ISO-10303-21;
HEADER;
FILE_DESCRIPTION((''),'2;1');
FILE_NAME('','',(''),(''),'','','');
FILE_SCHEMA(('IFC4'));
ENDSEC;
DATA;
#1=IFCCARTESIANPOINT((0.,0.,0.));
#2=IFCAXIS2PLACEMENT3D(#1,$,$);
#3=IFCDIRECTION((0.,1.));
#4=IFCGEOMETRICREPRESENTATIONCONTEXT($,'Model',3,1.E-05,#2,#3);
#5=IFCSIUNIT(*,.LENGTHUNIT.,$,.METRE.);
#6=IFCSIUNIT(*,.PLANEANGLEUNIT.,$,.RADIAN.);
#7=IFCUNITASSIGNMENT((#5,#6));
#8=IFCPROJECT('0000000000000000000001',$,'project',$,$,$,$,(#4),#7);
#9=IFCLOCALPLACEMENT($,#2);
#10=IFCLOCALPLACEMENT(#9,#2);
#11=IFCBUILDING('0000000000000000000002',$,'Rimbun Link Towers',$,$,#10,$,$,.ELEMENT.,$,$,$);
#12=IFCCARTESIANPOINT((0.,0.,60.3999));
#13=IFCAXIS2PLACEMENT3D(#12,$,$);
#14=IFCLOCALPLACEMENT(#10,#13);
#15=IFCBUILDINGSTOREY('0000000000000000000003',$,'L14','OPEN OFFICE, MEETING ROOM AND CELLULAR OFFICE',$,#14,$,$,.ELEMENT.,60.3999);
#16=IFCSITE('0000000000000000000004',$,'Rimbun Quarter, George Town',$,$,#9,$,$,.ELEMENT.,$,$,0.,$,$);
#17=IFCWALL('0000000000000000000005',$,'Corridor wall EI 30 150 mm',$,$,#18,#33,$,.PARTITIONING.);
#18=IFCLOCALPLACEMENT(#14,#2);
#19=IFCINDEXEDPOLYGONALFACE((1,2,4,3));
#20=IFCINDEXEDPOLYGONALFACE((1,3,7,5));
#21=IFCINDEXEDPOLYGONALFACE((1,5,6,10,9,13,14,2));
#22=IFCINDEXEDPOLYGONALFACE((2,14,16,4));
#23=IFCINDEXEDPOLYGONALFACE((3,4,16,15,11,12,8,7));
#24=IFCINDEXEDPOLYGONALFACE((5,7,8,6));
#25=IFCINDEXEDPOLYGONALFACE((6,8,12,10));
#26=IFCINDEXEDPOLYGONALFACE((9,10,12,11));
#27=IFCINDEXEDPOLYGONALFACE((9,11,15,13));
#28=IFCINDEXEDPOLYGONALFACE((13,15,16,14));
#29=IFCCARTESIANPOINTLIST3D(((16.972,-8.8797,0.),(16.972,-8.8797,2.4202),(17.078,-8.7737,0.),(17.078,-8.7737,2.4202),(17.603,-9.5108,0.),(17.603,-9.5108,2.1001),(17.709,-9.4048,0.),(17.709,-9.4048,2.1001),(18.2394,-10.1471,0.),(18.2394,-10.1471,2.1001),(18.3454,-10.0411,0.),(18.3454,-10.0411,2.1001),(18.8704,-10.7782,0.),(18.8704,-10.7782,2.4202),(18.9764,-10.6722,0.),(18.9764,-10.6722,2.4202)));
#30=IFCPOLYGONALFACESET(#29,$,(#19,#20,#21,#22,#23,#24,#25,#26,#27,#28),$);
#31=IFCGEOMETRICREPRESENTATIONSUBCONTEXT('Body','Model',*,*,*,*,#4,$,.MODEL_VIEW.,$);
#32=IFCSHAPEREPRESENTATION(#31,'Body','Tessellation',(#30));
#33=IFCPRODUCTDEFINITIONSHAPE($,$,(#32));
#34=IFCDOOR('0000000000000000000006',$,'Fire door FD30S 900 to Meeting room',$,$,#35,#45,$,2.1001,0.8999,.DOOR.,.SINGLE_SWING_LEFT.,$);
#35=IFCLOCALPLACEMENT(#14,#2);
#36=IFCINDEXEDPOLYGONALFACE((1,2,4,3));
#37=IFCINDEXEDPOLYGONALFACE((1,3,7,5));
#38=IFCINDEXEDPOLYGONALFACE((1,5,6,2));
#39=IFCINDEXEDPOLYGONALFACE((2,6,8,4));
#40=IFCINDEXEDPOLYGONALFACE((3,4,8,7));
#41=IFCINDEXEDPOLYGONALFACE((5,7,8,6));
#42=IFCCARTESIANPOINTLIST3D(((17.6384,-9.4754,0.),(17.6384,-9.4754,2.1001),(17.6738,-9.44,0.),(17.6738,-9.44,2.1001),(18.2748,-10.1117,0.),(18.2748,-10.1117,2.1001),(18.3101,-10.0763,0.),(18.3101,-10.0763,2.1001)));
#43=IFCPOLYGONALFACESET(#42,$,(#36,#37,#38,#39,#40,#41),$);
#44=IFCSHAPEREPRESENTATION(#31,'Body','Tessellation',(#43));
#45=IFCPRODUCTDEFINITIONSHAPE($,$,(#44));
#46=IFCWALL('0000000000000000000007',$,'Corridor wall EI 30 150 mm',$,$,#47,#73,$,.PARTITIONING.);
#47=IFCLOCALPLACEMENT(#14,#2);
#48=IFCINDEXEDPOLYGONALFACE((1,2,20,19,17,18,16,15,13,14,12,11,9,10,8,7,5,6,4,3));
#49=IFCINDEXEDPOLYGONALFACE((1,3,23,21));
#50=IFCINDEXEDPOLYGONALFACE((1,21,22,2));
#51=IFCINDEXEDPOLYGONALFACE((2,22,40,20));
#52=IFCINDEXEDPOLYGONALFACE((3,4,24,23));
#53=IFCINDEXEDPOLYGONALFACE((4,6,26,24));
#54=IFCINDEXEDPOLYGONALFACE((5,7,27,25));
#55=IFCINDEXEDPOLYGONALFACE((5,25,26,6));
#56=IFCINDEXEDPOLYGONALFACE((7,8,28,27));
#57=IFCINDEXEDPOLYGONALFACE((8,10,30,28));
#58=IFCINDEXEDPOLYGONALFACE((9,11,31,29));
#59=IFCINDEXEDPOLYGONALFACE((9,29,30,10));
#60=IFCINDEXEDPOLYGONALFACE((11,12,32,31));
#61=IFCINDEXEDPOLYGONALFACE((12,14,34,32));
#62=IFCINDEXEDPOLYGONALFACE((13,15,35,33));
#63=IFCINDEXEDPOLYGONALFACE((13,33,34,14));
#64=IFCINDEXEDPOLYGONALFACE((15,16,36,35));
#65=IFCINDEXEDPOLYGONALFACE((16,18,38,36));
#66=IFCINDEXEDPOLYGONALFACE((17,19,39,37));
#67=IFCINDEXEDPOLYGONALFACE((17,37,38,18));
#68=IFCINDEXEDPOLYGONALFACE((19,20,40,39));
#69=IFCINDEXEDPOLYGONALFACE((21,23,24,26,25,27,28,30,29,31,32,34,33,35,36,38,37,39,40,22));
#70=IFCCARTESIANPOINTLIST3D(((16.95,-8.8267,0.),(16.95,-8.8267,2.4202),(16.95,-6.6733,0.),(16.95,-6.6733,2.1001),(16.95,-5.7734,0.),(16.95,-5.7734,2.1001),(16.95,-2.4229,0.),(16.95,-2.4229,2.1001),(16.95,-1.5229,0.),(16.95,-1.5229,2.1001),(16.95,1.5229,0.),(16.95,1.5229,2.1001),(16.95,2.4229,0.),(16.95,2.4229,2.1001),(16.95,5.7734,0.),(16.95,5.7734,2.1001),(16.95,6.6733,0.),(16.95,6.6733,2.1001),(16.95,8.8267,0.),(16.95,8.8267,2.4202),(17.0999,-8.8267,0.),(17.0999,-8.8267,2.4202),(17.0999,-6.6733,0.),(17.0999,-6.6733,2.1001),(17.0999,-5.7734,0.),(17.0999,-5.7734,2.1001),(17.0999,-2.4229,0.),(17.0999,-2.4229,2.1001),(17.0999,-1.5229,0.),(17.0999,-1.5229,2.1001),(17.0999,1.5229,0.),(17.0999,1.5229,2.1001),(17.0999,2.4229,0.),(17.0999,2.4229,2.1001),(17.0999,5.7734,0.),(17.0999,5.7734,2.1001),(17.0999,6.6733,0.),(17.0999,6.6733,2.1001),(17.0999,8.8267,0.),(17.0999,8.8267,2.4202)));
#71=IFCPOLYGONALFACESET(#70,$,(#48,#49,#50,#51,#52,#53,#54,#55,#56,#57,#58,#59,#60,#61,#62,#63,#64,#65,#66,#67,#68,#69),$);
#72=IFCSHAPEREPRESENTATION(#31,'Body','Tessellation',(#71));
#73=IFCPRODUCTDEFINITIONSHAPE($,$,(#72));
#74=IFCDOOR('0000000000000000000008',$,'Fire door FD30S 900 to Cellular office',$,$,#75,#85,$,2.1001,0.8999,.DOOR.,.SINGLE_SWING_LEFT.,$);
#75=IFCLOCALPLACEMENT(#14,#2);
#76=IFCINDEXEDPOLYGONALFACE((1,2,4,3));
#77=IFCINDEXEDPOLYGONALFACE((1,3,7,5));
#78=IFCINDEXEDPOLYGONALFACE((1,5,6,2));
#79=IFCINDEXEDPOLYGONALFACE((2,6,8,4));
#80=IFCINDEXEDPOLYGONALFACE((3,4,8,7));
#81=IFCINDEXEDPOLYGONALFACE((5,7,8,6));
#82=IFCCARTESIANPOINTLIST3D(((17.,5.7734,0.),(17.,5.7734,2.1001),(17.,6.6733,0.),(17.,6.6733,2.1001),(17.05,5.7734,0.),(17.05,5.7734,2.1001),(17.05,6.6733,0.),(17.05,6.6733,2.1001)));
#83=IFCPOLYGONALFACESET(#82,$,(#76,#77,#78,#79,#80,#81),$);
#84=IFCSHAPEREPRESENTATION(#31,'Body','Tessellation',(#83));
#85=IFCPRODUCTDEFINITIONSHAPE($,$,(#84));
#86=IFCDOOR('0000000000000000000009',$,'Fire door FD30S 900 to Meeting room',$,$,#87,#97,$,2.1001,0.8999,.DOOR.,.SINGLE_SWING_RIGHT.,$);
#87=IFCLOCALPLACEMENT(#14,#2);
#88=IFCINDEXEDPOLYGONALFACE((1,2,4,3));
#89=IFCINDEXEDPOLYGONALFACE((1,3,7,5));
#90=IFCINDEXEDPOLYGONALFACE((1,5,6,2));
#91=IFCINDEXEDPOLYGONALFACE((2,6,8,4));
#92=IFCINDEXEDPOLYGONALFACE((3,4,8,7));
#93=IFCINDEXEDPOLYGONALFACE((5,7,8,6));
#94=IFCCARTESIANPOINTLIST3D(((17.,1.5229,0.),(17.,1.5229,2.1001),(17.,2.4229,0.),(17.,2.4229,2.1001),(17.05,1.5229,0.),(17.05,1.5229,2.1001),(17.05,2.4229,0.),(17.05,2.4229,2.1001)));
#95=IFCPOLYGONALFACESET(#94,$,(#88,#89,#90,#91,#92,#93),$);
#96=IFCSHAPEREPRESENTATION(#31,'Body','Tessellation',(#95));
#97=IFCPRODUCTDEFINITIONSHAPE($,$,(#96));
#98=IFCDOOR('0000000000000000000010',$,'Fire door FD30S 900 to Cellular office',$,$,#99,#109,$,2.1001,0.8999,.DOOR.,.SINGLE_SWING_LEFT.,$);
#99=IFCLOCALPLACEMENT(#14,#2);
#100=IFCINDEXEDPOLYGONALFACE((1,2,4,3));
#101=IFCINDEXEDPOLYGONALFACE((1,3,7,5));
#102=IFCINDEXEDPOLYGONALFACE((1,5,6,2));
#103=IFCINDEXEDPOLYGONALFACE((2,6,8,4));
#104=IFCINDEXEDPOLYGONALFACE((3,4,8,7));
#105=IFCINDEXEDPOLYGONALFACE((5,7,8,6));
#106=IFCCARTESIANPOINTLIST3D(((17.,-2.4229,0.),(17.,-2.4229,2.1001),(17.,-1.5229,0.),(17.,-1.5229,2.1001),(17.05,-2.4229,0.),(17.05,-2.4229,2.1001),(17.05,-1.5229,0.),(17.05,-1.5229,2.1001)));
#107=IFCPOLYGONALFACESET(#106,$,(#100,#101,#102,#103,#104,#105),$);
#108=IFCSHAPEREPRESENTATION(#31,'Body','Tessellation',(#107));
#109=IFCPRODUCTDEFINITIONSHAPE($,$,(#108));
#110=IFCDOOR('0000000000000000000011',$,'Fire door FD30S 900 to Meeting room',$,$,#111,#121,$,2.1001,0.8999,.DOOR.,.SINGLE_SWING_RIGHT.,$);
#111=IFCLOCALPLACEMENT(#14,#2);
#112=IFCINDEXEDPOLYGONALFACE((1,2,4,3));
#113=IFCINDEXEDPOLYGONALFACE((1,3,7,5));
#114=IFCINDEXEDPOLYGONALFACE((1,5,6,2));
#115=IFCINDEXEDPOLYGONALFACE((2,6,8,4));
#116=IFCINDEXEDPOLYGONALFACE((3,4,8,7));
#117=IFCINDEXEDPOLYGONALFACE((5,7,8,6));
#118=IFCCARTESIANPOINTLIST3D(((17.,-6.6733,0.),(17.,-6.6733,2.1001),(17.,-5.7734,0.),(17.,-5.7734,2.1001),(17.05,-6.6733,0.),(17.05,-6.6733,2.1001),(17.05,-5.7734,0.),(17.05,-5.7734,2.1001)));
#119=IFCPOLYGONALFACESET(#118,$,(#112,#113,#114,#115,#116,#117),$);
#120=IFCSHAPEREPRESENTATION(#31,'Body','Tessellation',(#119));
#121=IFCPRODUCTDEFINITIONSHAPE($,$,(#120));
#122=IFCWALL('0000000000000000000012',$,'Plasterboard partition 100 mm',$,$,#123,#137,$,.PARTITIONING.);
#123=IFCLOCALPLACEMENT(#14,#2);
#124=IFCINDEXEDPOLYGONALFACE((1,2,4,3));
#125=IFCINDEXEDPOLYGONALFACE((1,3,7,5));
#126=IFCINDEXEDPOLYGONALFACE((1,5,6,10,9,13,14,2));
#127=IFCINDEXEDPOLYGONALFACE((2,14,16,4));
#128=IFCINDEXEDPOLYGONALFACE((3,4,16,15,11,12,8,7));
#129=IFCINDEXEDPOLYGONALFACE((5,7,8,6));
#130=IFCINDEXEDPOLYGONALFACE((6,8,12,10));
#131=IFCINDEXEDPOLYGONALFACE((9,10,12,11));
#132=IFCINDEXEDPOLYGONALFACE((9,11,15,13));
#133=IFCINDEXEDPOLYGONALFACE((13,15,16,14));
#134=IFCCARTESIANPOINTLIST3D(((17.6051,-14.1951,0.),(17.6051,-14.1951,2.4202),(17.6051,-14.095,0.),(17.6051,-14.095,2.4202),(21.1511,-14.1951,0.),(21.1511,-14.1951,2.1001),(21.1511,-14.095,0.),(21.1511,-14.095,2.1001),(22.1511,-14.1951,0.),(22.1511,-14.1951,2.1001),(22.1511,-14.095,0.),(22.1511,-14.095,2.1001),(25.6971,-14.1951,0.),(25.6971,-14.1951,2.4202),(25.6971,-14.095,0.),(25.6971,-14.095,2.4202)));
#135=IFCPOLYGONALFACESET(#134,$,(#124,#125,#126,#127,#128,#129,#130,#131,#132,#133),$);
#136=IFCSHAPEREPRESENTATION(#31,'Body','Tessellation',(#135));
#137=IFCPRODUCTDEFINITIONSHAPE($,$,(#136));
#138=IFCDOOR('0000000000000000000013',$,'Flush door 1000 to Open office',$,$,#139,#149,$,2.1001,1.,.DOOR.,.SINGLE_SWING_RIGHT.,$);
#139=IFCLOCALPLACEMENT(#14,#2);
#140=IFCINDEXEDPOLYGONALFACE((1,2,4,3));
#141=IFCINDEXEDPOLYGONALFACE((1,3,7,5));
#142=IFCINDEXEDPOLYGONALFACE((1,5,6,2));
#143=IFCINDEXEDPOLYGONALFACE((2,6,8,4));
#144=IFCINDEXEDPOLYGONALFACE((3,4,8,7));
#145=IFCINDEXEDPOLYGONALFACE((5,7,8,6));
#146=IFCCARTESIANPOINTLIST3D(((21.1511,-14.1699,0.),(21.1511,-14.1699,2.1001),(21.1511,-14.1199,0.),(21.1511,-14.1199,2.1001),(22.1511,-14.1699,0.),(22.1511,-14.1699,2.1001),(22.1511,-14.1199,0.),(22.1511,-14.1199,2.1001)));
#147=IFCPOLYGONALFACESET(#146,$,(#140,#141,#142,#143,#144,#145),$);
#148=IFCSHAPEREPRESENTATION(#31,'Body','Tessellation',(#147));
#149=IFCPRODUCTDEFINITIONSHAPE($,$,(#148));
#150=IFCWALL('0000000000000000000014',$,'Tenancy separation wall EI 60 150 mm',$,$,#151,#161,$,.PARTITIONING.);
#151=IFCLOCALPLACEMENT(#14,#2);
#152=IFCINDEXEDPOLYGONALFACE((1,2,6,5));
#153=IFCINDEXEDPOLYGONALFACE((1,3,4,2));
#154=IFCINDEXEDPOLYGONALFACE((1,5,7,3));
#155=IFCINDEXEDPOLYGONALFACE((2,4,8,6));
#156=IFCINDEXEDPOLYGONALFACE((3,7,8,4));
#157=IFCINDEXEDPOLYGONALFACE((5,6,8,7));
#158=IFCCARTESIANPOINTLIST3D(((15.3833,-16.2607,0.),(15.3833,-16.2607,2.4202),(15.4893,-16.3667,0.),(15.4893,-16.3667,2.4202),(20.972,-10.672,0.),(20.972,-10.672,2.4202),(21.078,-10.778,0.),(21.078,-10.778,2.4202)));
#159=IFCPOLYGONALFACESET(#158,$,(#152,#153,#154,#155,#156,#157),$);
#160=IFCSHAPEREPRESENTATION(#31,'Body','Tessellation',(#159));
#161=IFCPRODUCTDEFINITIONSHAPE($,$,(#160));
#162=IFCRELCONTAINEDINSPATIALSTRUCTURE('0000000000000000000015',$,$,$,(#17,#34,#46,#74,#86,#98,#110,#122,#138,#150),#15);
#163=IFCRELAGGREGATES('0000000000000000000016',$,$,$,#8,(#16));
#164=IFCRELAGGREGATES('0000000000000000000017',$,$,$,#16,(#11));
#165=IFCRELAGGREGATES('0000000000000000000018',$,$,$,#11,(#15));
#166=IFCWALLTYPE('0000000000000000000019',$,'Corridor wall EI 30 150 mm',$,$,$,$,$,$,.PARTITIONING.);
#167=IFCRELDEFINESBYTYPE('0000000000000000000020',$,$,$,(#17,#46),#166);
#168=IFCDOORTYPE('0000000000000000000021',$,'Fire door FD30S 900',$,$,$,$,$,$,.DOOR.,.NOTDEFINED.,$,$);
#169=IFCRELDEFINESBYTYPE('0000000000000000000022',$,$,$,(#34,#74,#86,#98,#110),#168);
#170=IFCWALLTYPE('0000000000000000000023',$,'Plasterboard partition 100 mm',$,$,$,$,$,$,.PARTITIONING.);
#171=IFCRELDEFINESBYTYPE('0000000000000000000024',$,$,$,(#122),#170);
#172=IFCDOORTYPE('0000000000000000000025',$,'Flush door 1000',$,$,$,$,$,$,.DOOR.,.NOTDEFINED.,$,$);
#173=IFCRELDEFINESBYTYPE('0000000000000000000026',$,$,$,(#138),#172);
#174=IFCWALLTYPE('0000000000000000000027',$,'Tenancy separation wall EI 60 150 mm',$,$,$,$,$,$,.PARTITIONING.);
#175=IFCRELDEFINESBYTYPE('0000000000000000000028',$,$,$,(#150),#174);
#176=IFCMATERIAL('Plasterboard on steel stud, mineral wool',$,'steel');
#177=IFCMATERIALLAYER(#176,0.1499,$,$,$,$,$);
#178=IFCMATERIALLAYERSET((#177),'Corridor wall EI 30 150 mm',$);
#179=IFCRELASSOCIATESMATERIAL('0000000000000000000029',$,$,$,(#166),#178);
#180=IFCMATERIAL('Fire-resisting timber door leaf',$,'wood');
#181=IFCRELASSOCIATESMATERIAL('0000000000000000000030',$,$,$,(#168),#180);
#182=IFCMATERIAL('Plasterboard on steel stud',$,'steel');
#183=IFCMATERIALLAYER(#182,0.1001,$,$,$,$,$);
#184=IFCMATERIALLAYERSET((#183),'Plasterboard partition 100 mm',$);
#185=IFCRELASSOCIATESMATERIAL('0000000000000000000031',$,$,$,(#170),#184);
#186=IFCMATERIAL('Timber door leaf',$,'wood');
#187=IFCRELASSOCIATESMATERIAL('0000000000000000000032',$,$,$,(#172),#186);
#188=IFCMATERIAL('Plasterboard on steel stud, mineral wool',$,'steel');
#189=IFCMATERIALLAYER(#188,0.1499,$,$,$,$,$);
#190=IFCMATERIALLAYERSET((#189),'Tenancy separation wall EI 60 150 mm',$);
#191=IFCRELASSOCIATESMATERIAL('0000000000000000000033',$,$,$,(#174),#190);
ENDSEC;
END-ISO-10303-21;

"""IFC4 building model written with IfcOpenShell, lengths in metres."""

from ifc_helpers import new_model, si_unit, direction, frame, frame_2d, origin, place, context, subcontext, project, spatial, rectangle, extrude, material, layer, layer_set, type_object, element, fill, save


model = new_model("IFC4")

# Units and contexts
model_context = context("Model", 3, precision=1e-05, world=origin(), true_north=direction((0.0, 1.0)))
body_context = subcontext(model_context, "Body", "Model", "MODEL_VIEW")
ifc_project = project(units=[si_unit("LENGTHUNIT", "METRE"), si_unit("PLANEANGLEUNIT", "RADIAN")], contexts=[model_context])

# Site, building, storey
site_placement = place(None, origin())
site = spatial("IfcSite", under=ifc_project, at=site_placement, Name="Rimbun Quarter, George Town", CompositionType="ELEMENT", RefElevation=0.0)
building_placement = place(site_placement, origin())
building = spatial("IfcBuilding", under=site, at=building_placement, Name="Rimbun Link Towers", CompositionType="ELEMENT")
storey_placement = place(building_placement, frame((0.0, 0.0, 60.3999)))
storey = spatial("IfcBuildingStorey", under=building, at=storey_placement, Name="L14", Description="OPEN OFFICE, MEETING ROOM AND CELLULAR OFFICE", CompositionType="ELEMENT", Elevation=60.3999)

# Wall, opening, door
ifc_material_1 = material(Name="Plasterboard on steel stud, mineral wool", Category="steel")
ifc_layer_1 = layer(ifc_material_1, 0.1499)
ifc_layer_set_1 = layer_set([ifc_layer_1], Name="Corridor wall EI 30 150 mm")
wall_type_1 = type_object("IfcWallType", Name="Corridor wall EI 30 150 mm", PredefinedType="PARTITIONING", material=ifc_layer_set_1)
wall_1_placement = place(storey_placement, frame((18.9233, -10.7251, 0.0), z_axis=(0.0, 0.0, 1.0), x_axis=(-0.707107, 0.707107, 0.0)))
wall_1 = element("IfcWall", 1, at=wall_1_placement, inside=storey, type_object=wall_type_1, Name="Corridor wall EI 30 150 mm", PredefinedType="PARTITIONING", context=body_context, shape_type="SweptSolid", body=[
    extrude(rectangle(XDim=2.6848, YDim=0.1499, at=frame_2d((1.3423, 0.0))), origin(), (0.0, 0.0, 1.0), 2.4202),
])
opening_1_placement = place(wall_1_placement, frame((0.8923, 0.0, 0.0)))
opening_1 = element("IfcOpeningElement", 2, at=opening_1_placement, cuts=wall_1, PredefinedType="OPENING", context=body_context, shape_type="SweptSolid", body=[
    extrude(rectangle(XDim=0.8999, YDim=2.1001, at=frame_2d((0.45, 1.05))), frame((0.0, 0.085, 0.0), z_axis=(0.0, -1.0, 0.0), x_axis=(1.0, 0.0, 0.0)), (0.0, 0.0, 1.0), 0.1699),
])
ifc_material_2 = material(Name="Fire-resisting timber door leaf", Category="wood")
door_type_1 = type_object("IfcDoorType", Name="Fire door FD30S 900", OperationType="NOTDEFINED", PredefinedType="DOOR", material=ifc_material_2)
door_1_placement = place(opening_1_placement, origin())
door_1 = element("IfcDoor", 3, at=door_1_placement, inside=storey, type_object=door_type_1, Name="Fire door FD30S 900 to Meeting room", OperationType="SINGLE_SWING_LEFT", OverallHeight=2.1001, OverallWidth=0.8999, PredefinedType="DOOR", context=body_context, shape_type="SweptSolid", body=[
    extrude(rectangle(XDim=0.8999, YDim=2.1001, at=frame_2d((0.45, 1.05))), frame((0.0, 0.0249, 0.0), z_axis=(0.0, -1.0, 0.0), x_axis=(1.0, 0.0, 0.0)), (0.0, 0.0, 1.0), 0.05),
])
fill(opening_1, door_1)

# Wall, openings, doors
wall_2_placement = place(storey_placement, frame((17.0249, -8.8267, 0.0), z_axis=(0.0, 0.0, 1.0), x_axis=(0.0, 1.0, 0.0)))
wall_2 = element("IfcWall", 4, at=wall_2_placement, inside=storey, type_object=wall_type_1, Name="Corridor wall EI 30 150 mm", PredefinedType="PARTITIONING", context=body_context, shape_type="SweptSolid", body=[
    extrude(rectangle(XDim=17.6533, YDim=0.1499, at=frame_2d((8.8267, 0.0))), origin(), (0.0, 0.0, 1.0), 2.4202),
])
opening_2_placement = place(wall_2_placement, frame((14.6001, 0.0, 0.0)))
opening_2 = element("IfcOpeningElement", 5, at=opening_2_placement, cuts=wall_2, PredefinedType="OPENING", context=body_context, shape_type="SweptSolid", body=[
    extrude(rectangle(XDim=0.8999, YDim=2.1001, at=frame_2d((0.45, 1.05))), frame((0.0, 0.085, 0.0), z_axis=(0.0, -1.0, 0.0), x_axis=(1.0, 0.0, 0.0)), (0.0, 0.0, 1.0), 0.1699),
])
opening_3_placement = place(wall_2_placement, frame((10.3496, 0.0, 0.0)))
opening_3 = element("IfcOpeningElement", 6, at=opening_3_placement, cuts=wall_2, PredefinedType="OPENING", context=body_context, shape_type="SweptSolid", body=[
    extrude(rectangle(XDim=0.8999, YDim=2.1001, at=frame_2d((0.45, 1.05))), frame((0.0, 0.085, 0.0), z_axis=(0.0, -1.0, 0.0), x_axis=(1.0, 0.0, 0.0)), (0.0, 0.0, 1.0), 0.1699),
])
opening_4_placement = place(wall_2_placement, frame((6.4038, 0.0, 0.0)))
opening_4 = element("IfcOpeningElement", 7, at=opening_4_placement, cuts=wall_2, PredefinedType="OPENING", context=body_context, shape_type="SweptSolid", body=[
    extrude(rectangle(XDim=0.8999, YDim=2.1001, at=frame_2d((0.45, 1.05))), frame((0.0, 0.085, 0.0), z_axis=(0.0, -1.0, 0.0), x_axis=(1.0, 0.0, 0.0)), (0.0, 0.0, 1.0), 0.1699),
])
opening_5_placement = place(wall_2_placement, frame((2.1533, 0.0, 0.0)))
opening_5 = element("IfcOpeningElement", 8, at=opening_5_placement, cuts=wall_2, PredefinedType="OPENING", context=body_context, shape_type="SweptSolid", body=[
    extrude(rectangle(XDim=0.8999, YDim=2.1001, at=frame_2d((0.45, 1.05))), frame((0.0, 0.085, 0.0), z_axis=(0.0, -1.0, 0.0), x_axis=(1.0, 0.0, 0.0)), (0.0, 0.0, 1.0), 0.1699),
])
door_2_placement = place(opening_2_placement, origin())
door_2 = element("IfcDoor", 9, at=door_2_placement, inside=storey, type_object=door_type_1, Name="Fire door FD30S 900 to Cellular office", OperationType="SINGLE_SWING_LEFT", OverallHeight=2.1001, OverallWidth=0.8999, PredefinedType="DOOR", context=body_context, shape_type="SweptSolid", body=[
    extrude(rectangle(XDim=0.8999, YDim=2.1001, at=frame_2d((0.45, 1.05))), frame((0.0, 0.0249, 0.0), z_axis=(0.0, -1.0, 0.0), x_axis=(1.0, 0.0, 0.0)), (0.0, 0.0, 1.0), 0.05),
])
fill(opening_2, door_2)
door_3_placement = place(opening_3_placement, origin())
door_3 = element("IfcDoor", 10, at=door_3_placement, inside=storey, type_object=door_type_1, Name="Fire door FD30S 900 to Meeting room", OperationType="SINGLE_SWING_RIGHT", OverallHeight=2.1001, OverallWidth=0.8999, PredefinedType="DOOR", context=body_context, shape_type="SweptSolid", body=[
    extrude(rectangle(XDim=0.8999, YDim=2.1001, at=frame_2d((0.45, 1.05))), frame((0.0, 0.0249, 0.0), z_axis=(0.0, -1.0, 0.0), x_axis=(1.0, 0.0, 0.0)), (0.0, 0.0, 1.0), 0.05),
])
fill(opening_3, door_3)
door_4_placement = place(opening_4_placement, origin())
door_4 = element("IfcDoor", 11, at=door_4_placement, inside=storey, type_object=door_type_1, Name="Fire door FD30S 900 to Cellular office", OperationType="SINGLE_SWING_LEFT", OverallHeight=2.1001, OverallWidth=0.8999, PredefinedType="DOOR", context=body_context, shape_type="SweptSolid", body=[
    extrude(rectangle(XDim=0.8999, YDim=2.1001, at=frame_2d((0.45, 1.05))), frame((0.0, 0.0249, 0.0), z_axis=(0.0, -1.0, 0.0), x_axis=(1.0, 0.0, 0.0)), (0.0, 0.0, 1.0), 0.05),
])
fill(opening_4, door_4)
door_5_placement = place(opening_5_placement, origin())
door_5 = element("IfcDoor", 12, at=door_5_placement, inside=storey, type_object=door_type_1, Name="Fire door FD30S 900 to Meeting room", OperationType="SINGLE_SWING_RIGHT", OverallHeight=2.1001, OverallWidth=0.8999, PredefinedType="DOOR", context=body_context, shape_type="SweptSolid", body=[
    extrude(rectangle(XDim=0.8999, YDim=2.1001, at=frame_2d((0.45, 1.05))), frame((0.0, 0.0249, 0.0), z_axis=(0.0, -1.0, 0.0), x_axis=(1.0, 0.0, 0.0)), (0.0, 0.0, 1.0), 0.05),
])
fill(opening_5, door_5)

# Wall, opening, door
ifc_material_3 = material(Name="Plasterboard on steel stud", Category="steel")
ifc_layer_2 = layer(ifc_material_3, 0.1001)
ifc_layer_set_2 = layer_set([ifc_layer_2], Name="Plasterboard partition 100 mm")
wall_type_2 = type_object("IfcWallType", Name="Plasterboard partition 100 mm", PredefinedType="PARTITIONING", material=ifc_layer_set_2)
wall_3_placement = place(storey_placement, frame((25.697, -14.145, 0.0), z_axis=(0.0, 0.0, 1.0), x_axis=(-1.0, 0.0, 0.0)))
wall_3 = element("IfcWall", 13, at=wall_3_placement, inside=storey, type_object=wall_type_2, Name="Plasterboard partition 100 mm", PredefinedType="PARTITIONING", context=body_context, shape_type="SweptSolid", body=[
    extrude(rectangle(XDim=8.092, YDim=0.1001, at=frame_2d((4.0459, 0.0))), origin(), (0.0, 0.0, 1.0), 2.4202),
])
opening_6_placement = place(wall_3_placement, frame((3.5459, 0.0, 0.0)))
opening_6 = element("IfcOpeningElement", 14, at=opening_6_placement, cuts=wall_3, PredefinedType="OPENING", context=body_context, shape_type="SweptSolid", body=[
    extrude(rectangle(XDim=1.0, YDim=2.1001, at=frame_2d((0.5, 1.05))), frame((0.0, 0.0601, 0.0), z_axis=(0.0, -1.0, 0.0), x_axis=(1.0, 0.0, 0.0)), (0.0, 0.0, 1.0), 0.1201),
])
ifc_material_4 = material(Name="Timber door leaf", Category="wood")
door_type_2 = type_object("IfcDoorType", Name="Flush door 1000", OperationType="NOTDEFINED", PredefinedType="DOOR", material=ifc_material_4)
door_6_placement = place(opening_6_placement, origin())
door_6 = element("IfcDoor", 15, at=door_6_placement, inside=storey, type_object=door_type_2, Name="Flush door 1000 to Open office", OperationType="SINGLE_SWING_RIGHT", OverallHeight=2.1001, OverallWidth=1.0, PredefinedType="DOOR", context=body_context, shape_type="SweptSolid", body=[
    extrude(rectangle(XDim=1.0, YDim=2.1001, at=frame_2d((0.5, 1.05))), frame((0.0, 0.0249, 0.0), z_axis=(0.0, -1.0, 0.0), x_axis=(1.0, 0.0, 0.0)), (0.0, 0.0, 1.0), 0.05),
])
fill(opening_6, door_6)

# Wall
ifc_material_5 = material(Name="Plasterboard on steel stud, mineral wool", Category="steel")
ifc_layer_3 = layer(ifc_material_5, 0.1499)
ifc_layer_set_3 = layer_set([ifc_layer_3], Name="Tenancy separation wall EI 60 150 mm")
wall_type_3 = type_object("IfcWallType", Name="Tenancy separation wall EI 60 150 mm", PredefinedType="PARTITIONING", material=ifc_layer_set_3)
wall_4_placement = place(storey_placement, frame((21.0249, -10.7251, 0.0), z_axis=(0.0, 0.0, 1.0), x_axis=(-0.707107, -0.707107, 0.0)))
element("IfcWall", 16, at=wall_4_placement, inside=storey, type_object=wall_type_3, Name="Tenancy separation wall EI 60 150 mm", PredefinedType="PARTITIONING", context=body_context, shape_type="SweptSolid", body=[
    extrude(rectangle(XDim=7.9036, YDim=0.1499, at=frame_2d((3.9517, 0.0))), origin(), (0.0, 0.0, 1.0), 2.4202),
])

save(model, "model.ifc")
